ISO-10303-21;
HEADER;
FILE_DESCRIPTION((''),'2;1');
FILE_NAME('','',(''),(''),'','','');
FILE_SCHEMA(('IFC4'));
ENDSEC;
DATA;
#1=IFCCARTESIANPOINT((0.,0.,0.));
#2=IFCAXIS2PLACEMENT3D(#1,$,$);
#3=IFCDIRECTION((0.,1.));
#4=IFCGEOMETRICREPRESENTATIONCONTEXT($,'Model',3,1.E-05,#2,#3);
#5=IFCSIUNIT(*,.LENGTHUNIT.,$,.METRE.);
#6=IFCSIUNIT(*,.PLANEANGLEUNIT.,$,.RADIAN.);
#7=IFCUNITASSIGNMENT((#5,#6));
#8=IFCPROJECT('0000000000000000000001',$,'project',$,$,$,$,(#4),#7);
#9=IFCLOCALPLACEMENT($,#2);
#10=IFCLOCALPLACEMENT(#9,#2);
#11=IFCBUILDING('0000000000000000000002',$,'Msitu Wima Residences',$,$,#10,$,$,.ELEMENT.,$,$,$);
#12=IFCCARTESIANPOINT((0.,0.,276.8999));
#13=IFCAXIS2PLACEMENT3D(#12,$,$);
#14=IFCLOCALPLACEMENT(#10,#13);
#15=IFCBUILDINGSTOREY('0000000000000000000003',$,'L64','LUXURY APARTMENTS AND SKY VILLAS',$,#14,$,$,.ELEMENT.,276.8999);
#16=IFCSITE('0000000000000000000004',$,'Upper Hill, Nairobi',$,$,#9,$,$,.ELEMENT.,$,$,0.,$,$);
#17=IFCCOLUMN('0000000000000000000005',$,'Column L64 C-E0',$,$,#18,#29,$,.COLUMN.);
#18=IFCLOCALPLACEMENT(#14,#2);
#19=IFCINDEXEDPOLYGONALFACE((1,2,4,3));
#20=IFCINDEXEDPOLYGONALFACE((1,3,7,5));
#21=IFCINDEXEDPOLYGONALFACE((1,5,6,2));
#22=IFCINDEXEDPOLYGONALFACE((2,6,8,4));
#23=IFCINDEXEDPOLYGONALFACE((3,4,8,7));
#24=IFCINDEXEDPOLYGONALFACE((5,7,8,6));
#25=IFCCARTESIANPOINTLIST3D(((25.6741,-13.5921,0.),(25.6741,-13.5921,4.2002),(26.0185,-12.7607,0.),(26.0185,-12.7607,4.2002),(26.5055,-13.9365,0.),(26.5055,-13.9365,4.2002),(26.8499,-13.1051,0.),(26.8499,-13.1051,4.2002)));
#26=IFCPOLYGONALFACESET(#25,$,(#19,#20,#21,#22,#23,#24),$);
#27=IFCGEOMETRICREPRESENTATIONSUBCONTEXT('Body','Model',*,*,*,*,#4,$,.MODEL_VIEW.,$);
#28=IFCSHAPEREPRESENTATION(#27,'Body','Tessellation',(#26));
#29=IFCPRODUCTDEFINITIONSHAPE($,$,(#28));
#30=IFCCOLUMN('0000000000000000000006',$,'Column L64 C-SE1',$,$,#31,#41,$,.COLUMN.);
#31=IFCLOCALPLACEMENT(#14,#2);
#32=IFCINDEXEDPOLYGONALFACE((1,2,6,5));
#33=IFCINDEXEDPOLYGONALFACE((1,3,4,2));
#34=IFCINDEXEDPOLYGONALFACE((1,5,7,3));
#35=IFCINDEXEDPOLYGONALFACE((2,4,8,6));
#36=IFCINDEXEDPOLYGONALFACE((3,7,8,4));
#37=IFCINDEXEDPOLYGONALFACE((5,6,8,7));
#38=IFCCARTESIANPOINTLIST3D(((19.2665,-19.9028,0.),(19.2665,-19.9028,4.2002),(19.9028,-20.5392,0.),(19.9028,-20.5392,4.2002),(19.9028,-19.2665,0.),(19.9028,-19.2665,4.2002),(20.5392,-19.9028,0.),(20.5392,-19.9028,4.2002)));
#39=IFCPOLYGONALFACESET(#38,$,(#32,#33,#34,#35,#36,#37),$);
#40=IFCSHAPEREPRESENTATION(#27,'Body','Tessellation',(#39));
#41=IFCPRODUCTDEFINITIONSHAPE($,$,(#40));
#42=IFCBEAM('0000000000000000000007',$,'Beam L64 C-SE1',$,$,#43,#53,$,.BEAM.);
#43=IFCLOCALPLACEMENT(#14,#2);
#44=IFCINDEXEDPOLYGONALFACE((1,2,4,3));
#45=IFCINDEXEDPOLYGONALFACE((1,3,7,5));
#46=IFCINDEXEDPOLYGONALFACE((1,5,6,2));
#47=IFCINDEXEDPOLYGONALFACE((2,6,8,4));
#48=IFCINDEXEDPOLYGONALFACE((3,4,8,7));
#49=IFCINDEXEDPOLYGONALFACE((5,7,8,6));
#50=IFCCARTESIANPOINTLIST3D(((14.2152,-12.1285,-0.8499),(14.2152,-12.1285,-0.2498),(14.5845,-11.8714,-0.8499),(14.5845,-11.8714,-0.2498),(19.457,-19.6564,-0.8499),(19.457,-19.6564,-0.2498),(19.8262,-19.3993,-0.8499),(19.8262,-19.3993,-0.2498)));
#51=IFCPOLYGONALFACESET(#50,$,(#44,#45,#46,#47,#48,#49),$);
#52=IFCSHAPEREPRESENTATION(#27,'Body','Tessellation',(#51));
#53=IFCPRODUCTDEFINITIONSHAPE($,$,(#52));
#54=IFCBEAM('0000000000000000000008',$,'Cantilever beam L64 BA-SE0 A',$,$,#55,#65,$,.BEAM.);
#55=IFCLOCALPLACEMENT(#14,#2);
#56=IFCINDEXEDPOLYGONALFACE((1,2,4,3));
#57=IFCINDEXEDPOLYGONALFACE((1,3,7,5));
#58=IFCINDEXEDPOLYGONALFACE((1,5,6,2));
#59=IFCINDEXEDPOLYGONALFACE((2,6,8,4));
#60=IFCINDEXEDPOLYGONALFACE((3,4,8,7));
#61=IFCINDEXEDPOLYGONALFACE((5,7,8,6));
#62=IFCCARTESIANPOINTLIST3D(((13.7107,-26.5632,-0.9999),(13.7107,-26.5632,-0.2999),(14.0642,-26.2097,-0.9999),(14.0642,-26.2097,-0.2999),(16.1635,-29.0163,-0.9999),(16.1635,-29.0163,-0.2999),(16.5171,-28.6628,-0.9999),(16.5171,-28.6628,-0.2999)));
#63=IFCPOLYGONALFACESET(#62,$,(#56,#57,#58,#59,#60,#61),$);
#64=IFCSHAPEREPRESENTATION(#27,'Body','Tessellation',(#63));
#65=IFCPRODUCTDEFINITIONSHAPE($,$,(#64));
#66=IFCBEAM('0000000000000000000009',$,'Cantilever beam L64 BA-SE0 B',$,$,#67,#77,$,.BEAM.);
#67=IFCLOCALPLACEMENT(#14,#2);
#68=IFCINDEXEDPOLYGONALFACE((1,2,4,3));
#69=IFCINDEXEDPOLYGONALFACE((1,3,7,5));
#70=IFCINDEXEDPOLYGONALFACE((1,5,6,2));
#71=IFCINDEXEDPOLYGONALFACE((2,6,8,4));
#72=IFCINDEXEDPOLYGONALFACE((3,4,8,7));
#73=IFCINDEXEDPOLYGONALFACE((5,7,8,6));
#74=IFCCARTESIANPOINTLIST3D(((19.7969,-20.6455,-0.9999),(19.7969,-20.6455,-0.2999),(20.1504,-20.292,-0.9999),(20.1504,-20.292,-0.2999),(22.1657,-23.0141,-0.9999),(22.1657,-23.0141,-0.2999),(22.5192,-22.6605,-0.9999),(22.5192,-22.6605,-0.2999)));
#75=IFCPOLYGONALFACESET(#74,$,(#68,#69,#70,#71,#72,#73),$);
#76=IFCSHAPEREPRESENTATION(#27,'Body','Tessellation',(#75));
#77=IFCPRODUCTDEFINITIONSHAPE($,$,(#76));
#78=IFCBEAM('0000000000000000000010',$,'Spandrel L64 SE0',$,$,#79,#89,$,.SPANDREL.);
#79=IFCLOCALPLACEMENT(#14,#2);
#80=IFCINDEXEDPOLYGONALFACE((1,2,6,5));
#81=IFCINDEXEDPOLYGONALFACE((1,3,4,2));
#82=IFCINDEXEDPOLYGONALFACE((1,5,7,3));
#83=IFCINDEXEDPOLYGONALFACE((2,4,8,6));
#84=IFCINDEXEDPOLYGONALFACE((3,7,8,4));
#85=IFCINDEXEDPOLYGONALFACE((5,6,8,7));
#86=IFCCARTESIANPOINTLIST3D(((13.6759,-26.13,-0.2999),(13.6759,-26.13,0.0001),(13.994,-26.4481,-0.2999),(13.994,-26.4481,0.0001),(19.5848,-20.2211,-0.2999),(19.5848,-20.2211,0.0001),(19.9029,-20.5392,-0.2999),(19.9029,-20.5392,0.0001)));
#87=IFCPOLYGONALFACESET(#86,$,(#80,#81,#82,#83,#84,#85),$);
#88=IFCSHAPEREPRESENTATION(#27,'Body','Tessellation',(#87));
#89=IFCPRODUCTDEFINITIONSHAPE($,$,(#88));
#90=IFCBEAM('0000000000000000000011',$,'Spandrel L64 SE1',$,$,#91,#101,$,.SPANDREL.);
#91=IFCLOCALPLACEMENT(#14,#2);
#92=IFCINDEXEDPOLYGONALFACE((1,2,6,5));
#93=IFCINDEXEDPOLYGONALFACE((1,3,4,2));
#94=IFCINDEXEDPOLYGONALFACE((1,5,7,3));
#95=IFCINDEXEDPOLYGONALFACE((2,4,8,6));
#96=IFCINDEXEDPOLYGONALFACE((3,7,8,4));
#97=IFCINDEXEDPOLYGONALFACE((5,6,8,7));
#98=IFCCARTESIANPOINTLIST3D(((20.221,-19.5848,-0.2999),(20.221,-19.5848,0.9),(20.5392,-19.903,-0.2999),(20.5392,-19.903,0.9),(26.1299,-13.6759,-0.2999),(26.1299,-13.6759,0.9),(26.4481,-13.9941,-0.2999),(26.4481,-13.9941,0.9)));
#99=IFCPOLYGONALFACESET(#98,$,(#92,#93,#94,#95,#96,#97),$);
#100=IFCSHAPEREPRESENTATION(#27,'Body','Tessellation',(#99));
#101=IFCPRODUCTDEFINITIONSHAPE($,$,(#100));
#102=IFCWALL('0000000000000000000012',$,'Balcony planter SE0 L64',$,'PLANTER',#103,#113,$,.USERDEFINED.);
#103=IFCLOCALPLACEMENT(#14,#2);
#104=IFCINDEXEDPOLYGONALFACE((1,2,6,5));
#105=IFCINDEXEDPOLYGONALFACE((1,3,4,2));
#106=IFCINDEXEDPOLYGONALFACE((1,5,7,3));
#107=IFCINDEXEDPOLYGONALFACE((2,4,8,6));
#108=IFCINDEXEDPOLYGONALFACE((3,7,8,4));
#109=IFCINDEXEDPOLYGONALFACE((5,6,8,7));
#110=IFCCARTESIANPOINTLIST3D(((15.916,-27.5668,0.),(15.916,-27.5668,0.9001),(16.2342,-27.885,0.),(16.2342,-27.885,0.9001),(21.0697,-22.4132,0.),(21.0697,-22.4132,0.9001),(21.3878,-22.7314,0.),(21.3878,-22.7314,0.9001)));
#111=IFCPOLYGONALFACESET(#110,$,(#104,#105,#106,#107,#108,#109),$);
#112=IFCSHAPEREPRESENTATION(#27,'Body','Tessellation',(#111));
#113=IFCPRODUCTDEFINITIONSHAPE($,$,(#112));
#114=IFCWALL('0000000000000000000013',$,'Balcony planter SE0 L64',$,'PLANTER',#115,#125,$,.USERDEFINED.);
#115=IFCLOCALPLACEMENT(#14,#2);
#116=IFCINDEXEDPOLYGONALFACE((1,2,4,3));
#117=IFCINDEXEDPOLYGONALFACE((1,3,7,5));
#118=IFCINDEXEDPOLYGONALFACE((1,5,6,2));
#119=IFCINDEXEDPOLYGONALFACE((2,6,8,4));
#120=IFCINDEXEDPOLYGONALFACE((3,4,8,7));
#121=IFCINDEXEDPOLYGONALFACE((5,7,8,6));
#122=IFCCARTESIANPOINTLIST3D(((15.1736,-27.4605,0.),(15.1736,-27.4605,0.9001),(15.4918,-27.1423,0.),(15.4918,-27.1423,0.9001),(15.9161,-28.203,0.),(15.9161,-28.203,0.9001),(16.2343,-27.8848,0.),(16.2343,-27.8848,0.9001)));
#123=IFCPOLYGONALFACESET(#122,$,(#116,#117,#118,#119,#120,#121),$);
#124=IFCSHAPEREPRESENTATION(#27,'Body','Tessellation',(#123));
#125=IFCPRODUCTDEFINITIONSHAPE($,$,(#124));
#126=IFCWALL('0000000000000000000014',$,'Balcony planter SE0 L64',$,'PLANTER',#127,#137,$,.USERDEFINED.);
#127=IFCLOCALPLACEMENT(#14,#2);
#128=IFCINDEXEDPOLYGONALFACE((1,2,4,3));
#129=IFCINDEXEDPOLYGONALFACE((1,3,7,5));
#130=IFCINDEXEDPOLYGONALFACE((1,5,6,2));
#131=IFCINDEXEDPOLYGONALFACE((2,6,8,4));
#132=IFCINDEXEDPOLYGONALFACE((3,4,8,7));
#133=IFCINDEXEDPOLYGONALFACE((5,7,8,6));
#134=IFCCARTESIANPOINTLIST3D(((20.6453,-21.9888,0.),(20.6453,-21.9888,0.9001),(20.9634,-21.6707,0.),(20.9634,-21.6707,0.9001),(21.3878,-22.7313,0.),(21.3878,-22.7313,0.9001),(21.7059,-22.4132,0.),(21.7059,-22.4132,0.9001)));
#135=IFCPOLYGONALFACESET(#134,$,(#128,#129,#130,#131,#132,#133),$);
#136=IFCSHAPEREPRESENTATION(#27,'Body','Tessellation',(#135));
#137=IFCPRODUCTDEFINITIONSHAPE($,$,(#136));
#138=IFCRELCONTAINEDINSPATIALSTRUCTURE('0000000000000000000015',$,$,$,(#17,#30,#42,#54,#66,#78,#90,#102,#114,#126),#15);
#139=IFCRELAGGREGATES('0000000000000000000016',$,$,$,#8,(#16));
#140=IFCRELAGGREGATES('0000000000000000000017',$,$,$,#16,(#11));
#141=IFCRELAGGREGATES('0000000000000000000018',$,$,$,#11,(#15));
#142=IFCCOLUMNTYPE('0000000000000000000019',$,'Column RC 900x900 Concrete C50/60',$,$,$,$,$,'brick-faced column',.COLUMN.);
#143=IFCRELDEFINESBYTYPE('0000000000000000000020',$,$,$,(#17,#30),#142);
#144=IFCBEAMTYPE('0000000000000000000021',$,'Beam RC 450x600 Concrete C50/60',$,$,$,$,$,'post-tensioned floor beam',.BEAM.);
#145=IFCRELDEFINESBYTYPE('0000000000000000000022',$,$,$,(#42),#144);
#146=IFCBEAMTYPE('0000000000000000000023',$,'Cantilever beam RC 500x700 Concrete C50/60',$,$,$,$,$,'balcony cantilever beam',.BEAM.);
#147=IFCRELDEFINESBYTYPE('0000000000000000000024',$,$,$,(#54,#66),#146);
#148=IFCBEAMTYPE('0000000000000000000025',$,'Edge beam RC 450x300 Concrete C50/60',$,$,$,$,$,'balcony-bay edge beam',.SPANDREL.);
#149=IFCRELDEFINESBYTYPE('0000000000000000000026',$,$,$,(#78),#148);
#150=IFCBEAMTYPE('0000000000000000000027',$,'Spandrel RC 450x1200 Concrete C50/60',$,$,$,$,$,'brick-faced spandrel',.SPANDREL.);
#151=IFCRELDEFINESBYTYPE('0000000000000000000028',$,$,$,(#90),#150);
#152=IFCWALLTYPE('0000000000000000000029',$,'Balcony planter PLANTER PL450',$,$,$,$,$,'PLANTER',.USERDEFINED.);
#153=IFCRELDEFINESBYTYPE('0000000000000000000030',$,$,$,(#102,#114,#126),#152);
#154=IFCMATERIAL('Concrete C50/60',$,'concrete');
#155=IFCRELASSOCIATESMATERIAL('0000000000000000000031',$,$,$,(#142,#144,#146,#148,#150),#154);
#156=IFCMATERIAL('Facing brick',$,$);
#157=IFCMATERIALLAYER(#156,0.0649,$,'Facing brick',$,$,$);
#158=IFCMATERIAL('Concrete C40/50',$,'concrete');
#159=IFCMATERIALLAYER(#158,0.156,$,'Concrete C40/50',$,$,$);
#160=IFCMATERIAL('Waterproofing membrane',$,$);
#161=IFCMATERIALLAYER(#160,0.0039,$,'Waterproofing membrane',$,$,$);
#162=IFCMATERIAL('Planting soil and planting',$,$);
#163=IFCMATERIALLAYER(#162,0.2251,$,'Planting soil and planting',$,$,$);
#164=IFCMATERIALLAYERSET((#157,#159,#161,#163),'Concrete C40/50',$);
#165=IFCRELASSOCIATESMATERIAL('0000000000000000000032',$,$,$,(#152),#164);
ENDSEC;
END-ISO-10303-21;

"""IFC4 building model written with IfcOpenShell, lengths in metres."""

from ifc_helpers import new_model, si_unit, direction, frame, frame_2d, origin, origin_2d, place, context, subcontext, project, spatial, rectangle, extrude, material, layer, layer_set, material_profile, profile_set, type_object, element, save


model = new_model("IFC4")

# Units and contexts
model_context = context("Model", 3, precision=1e-05, world=origin(), true_north=direction((0.0, 1.0)))
body_context = subcontext(model_context, "Body", "Model", "MODEL_VIEW")
ifc_project = project(units=[si_unit("LENGTHUNIT", "METRE"), si_unit("PLANEANGLEUNIT", "RADIAN")], contexts=[model_context])

# Site, building, storey
site_placement = place(None, origin())
site = spatial("IfcSite", under=ifc_project, at=site_placement, Name="Upper Hill, Nairobi", CompositionType="ELEMENT", RefElevation=0.0)
building_placement = place(site_placement, origin())
building = spatial("IfcBuilding", under=site, at=building_placement, Name="Msitu Wima Residences", CompositionType="ELEMENT")
storey_placement = place(building_placement, frame((0.0, 0.0, 276.8999)))
storey = spatial("IfcBuildingStorey", under=building, at=storey_placement, Name="L64", Description="LUXURY APARTMENTS AND SKY VILLAS", CompositionType="ELEMENT", Elevation=276.8999)

# Columns
ifc_material_1 = material(Name="Concrete C50/60", Category="concrete")
ifc_material_profile_1 = material_profile(ifc_material_1, rectangle(XDim=0.8999, YDim=0.8999, at=origin_2d()), Name="RC 900x900")
ifc_profile_set_1 = profile_set([ifc_material_profile_1], Name="Concrete C50/60")
column_type = type_object("IfcColumnType", Name="Column RC 900x900 Concrete C50/60", ElementType="brick-faced column", PredefinedType="COLUMN", material=ifc_profile_set_1)
for number, where, z_axis, x_axis, name in (
    (1, (26.262, -13.3486, 0.0), (0.0, 0.0, 1.0), (0.382683, 0.92388, 0.0), "Column L64 C-E0"),
    (2, (19.9028, -19.9028, 0.0), (0.0, 0.0, 1.0), (0.707107, 0.707107, 0.0), "Column L64 C-SE1"),
):
    element("IfcColumn", number, at=place(storey_placement, frame(where, z_axis=z_axis, x_axis=x_axis)), inside=storey, type_object=column_type, Name=name, PredefinedType="COLUMN", context=body_context, shape_type="SweptSolid", body=[
        extrude(rectangle(XDim=0.8999, YDim=0.8999, at=origin_2d()), origin(), (0.0, 0.0, 1.0), 4.2002),
    ])

# Beams
ifc_material_profile_2 = material_profile(ifc_material_1, rectangle(XDim=0.45, YDim=0.6001, at=origin_2d()), Name="RC 450x600")
ifc_profile_set_2 = profile_set([ifc_material_profile_2], Name="Concrete C50/60")
beam_type_1 = type_object("IfcBeamType", Name="Beam RC 450x600 Concrete C50/60", ElementType="post-tensioned floor beam", PredefinedType="BEAM", material=ifc_profile_set_2)
beam_1_placement = place(storey_placement, frame((19.6416, -19.5278, -0.5498), z_axis=(-0.571428, 0.820652, 0.0), x_axis=(-0.820652, -0.571428, 0.0)))
element("IfcBeam", 3, at=beam_1_placement, inside=storey, type_object=beam_type_1, Name="Beam L64 C-SE1", PredefinedType="BEAM", context=body_context, shape_type="SweptSolid", body=[
    extrude(rectangle(XDim=0.45, YDim=0.6001, at=origin_2d()), origin(), (0.0, 0.0, 1.0), 9.1731),
])
ifc_material_profile_3 = material_profile(ifc_material_1, rectangle(XDim=0.5, YDim=0.7, at=origin_2d()), Name="RC 500x700")
ifc_profile_set_3 = profile_set([ifc_material_profile_3], Name="Concrete C50/60")
beam_type_2 = type_object("IfcBeamType", Name="Cantilever beam RC 500x700 Concrete C50/60", ElementType="balcony cantilever beam", PredefinedType="BEAM", material=ifc_profile_set_3)
beam_2_placement = place(storey_placement, frame((13.8875, -26.3865, -0.6499), z_axis=(0.707072, -0.707142, 0.0), x_axis=(0.707142, 0.707072, 0.0)))
element("IfcBeam", 4, at=beam_2_placement, inside=storey, type_object=beam_type_2, Name="Cantilever beam L64 BA-SE0 A", PredefinedType="BEAM", context=body_context, shape_type="SweptSolid", body=[
    extrude(rectangle(XDim=0.5, YDim=0.7, at=origin_2d()), origin(), (0.0, 0.0, 1.0), 3.469),
])
beam_3_placement = place(storey_placement, frame((19.9736, -20.4688, -0.6499), z_axis=(0.707143, -0.70707, 0.0), x_axis=(0.70707, 0.707143, 0.0)))
element("IfcBeam", 5, at=beam_3_placement, inside=storey, type_object=beam_type_2, Name="Cantilever beam L64 BA-SE0 B", PredefinedType="BEAM", context=body_context, shape_type="SweptSolid", body=[
    extrude(rectangle(XDim=0.5, YDim=0.7, at=origin_2d()), origin(), (0.0, 0.0, 1.0), 3.3499),
])
ifc_material_profile_4 = material_profile(ifc_material_1, rectangle(XDim=0.45, YDim=0.3, at=origin_2d()), Name="RC 450x300")
ifc_profile_set_4 = profile_set([ifc_material_profile_4], Name="Concrete C50/60")
beam_type_3 = type_object("IfcBeamType", Name="Edge beam RC 450x300 Concrete C50/60", ElementType="balcony-bay edge beam", PredefinedType="SPANDREL", material=ifc_profile_set_4)
beam_4_placement = place(storey_placement, frame((13.835, -26.2891, -0.1499), z_axis=(0.707107, 0.707107, 0.0), x_axis=(-0.707107, 0.707107, 0.0)))
element("IfcBeam", 6, at=beam_4_placement, inside=storey, type_object=beam_type_3, Name="Spandrel L64 SE0", PredefinedType="SPANDREL", context=body_context, shape_type="SweptSolid", body=[
    extrude(rectangle(XDim=0.45, YDim=0.3, at=origin_2d()), origin(), (0.0, 0.0, 1.0), 8.3564),
])
ifc_material_profile_5 = material_profile(ifc_material_1, rectangle(XDim=0.45, YDim=1.2, at=origin_2d()), Name="RC 450x1200")
ifc_profile_set_5 = profile_set([ifc_material_profile_5], Name="Concrete C50/60")
beam_type_4 = type_object("IfcBeamType", Name="Spandrel RC 450x1200 Concrete C50/60", ElementType="brick-faced spandrel", PredefinedType="SPANDREL", material=ifc_profile_set_5)
beam_5_placement = place(storey_placement, frame((20.3801, -19.7439, 0.3), z_axis=(0.707107, 0.707107, 0.0), x_axis=(-0.707107, 0.707107, 0.0)))
element("IfcBeam", 7, at=beam_5_placement, inside=storey, type_object=beam_type_4, Name="Spandrel L64 SE1", PredefinedType="SPANDREL", context=body_context, shape_type="SweptSolid", body=[
    extrude(rectangle(XDim=0.45, YDim=1.2, at=origin_2d()), origin(), (0.0, 0.0, 1.0), 8.3564),
])

# Walls
ifc_material_2 = material(Name="Facing brick")
ifc_layer_1 = layer(ifc_material_2, 0.0649, Name="Facing brick")
ifc_material_3 = material(Name="Concrete C40/50", Category="concrete")
ifc_layer_2 = layer(ifc_material_3, 0.156, Name="Concrete C40/50")
ifc_material_4 = material(Name="Waterproofing membrane")
ifc_layer_3 = layer(ifc_material_4, 0.0039, Name="Waterproofing membrane")
ifc_material_5 = material(Name="Planting soil and planting")
ifc_layer_4 = layer(ifc_material_5, 0.2251, Name="Planting soil and planting")
ifc_layer_set_1 = layer_set([ifc_layer_1, ifc_layer_2, ifc_layer_3, ifc_layer_4], Name="Concrete C40/50")
wall_type_1 = type_object("IfcWallType", Name="Balcony planter PLANTER PL450", ElementType="PLANTER", PredefinedType="USERDEFINED", material=ifc_layer_set_1)
wall_1_placement = place(storey_placement, frame((16.0752, -27.7258, 0.0), z_axis=(0.0, 0.0, 1.0), x_axis=(0.707107, 0.707107, 0.0)))
element("IfcWall", 8, at=wall_1_placement, inside=storey, type_object=wall_type_1, Name="Balcony planter SE0 L64", ObjectType="PLANTER", PredefinedType="USERDEFINED", context=body_context, shape_type="SweptSolid", body=[
    extrude(rectangle(XDim=7.2883, YDim=0.45, at=frame_2d((3.644, 0.0))), origin(), (0.0, 0.0, 1.0), 0.9001),
])
for number, where, z_axis, x_axis, name in (
    (9, (15.3328, -27.3015, 0.0), (0.0, 0.0, 1.0), (0.707107, -0.707107, 0.0), "Balcony planter SE0 L64"),
    (10, (20.8044, -21.8298, 0.0), (0.0, 0.0, 1.0), (0.707107, -0.707107, 0.0), "Balcony planter SE0 L64"),
):
    element("IfcWall", number, at=place(storey_placement, frame(where, z_axis=z_axis, x_axis=x_axis)), inside=storey, type_object=wall_type_1, Name=name, ObjectType="PLANTER", PredefinedType="USERDEFINED", context=body_context, shape_type="SweptSolid", body=[
        extrude(rectangle(XDim=1.05, YDim=0.45, at=frame_2d((0.5249, 0.0))), origin(), (0.0, 0.0, 1.0), 0.9001),
    ])

save(model, "model.ifc")
